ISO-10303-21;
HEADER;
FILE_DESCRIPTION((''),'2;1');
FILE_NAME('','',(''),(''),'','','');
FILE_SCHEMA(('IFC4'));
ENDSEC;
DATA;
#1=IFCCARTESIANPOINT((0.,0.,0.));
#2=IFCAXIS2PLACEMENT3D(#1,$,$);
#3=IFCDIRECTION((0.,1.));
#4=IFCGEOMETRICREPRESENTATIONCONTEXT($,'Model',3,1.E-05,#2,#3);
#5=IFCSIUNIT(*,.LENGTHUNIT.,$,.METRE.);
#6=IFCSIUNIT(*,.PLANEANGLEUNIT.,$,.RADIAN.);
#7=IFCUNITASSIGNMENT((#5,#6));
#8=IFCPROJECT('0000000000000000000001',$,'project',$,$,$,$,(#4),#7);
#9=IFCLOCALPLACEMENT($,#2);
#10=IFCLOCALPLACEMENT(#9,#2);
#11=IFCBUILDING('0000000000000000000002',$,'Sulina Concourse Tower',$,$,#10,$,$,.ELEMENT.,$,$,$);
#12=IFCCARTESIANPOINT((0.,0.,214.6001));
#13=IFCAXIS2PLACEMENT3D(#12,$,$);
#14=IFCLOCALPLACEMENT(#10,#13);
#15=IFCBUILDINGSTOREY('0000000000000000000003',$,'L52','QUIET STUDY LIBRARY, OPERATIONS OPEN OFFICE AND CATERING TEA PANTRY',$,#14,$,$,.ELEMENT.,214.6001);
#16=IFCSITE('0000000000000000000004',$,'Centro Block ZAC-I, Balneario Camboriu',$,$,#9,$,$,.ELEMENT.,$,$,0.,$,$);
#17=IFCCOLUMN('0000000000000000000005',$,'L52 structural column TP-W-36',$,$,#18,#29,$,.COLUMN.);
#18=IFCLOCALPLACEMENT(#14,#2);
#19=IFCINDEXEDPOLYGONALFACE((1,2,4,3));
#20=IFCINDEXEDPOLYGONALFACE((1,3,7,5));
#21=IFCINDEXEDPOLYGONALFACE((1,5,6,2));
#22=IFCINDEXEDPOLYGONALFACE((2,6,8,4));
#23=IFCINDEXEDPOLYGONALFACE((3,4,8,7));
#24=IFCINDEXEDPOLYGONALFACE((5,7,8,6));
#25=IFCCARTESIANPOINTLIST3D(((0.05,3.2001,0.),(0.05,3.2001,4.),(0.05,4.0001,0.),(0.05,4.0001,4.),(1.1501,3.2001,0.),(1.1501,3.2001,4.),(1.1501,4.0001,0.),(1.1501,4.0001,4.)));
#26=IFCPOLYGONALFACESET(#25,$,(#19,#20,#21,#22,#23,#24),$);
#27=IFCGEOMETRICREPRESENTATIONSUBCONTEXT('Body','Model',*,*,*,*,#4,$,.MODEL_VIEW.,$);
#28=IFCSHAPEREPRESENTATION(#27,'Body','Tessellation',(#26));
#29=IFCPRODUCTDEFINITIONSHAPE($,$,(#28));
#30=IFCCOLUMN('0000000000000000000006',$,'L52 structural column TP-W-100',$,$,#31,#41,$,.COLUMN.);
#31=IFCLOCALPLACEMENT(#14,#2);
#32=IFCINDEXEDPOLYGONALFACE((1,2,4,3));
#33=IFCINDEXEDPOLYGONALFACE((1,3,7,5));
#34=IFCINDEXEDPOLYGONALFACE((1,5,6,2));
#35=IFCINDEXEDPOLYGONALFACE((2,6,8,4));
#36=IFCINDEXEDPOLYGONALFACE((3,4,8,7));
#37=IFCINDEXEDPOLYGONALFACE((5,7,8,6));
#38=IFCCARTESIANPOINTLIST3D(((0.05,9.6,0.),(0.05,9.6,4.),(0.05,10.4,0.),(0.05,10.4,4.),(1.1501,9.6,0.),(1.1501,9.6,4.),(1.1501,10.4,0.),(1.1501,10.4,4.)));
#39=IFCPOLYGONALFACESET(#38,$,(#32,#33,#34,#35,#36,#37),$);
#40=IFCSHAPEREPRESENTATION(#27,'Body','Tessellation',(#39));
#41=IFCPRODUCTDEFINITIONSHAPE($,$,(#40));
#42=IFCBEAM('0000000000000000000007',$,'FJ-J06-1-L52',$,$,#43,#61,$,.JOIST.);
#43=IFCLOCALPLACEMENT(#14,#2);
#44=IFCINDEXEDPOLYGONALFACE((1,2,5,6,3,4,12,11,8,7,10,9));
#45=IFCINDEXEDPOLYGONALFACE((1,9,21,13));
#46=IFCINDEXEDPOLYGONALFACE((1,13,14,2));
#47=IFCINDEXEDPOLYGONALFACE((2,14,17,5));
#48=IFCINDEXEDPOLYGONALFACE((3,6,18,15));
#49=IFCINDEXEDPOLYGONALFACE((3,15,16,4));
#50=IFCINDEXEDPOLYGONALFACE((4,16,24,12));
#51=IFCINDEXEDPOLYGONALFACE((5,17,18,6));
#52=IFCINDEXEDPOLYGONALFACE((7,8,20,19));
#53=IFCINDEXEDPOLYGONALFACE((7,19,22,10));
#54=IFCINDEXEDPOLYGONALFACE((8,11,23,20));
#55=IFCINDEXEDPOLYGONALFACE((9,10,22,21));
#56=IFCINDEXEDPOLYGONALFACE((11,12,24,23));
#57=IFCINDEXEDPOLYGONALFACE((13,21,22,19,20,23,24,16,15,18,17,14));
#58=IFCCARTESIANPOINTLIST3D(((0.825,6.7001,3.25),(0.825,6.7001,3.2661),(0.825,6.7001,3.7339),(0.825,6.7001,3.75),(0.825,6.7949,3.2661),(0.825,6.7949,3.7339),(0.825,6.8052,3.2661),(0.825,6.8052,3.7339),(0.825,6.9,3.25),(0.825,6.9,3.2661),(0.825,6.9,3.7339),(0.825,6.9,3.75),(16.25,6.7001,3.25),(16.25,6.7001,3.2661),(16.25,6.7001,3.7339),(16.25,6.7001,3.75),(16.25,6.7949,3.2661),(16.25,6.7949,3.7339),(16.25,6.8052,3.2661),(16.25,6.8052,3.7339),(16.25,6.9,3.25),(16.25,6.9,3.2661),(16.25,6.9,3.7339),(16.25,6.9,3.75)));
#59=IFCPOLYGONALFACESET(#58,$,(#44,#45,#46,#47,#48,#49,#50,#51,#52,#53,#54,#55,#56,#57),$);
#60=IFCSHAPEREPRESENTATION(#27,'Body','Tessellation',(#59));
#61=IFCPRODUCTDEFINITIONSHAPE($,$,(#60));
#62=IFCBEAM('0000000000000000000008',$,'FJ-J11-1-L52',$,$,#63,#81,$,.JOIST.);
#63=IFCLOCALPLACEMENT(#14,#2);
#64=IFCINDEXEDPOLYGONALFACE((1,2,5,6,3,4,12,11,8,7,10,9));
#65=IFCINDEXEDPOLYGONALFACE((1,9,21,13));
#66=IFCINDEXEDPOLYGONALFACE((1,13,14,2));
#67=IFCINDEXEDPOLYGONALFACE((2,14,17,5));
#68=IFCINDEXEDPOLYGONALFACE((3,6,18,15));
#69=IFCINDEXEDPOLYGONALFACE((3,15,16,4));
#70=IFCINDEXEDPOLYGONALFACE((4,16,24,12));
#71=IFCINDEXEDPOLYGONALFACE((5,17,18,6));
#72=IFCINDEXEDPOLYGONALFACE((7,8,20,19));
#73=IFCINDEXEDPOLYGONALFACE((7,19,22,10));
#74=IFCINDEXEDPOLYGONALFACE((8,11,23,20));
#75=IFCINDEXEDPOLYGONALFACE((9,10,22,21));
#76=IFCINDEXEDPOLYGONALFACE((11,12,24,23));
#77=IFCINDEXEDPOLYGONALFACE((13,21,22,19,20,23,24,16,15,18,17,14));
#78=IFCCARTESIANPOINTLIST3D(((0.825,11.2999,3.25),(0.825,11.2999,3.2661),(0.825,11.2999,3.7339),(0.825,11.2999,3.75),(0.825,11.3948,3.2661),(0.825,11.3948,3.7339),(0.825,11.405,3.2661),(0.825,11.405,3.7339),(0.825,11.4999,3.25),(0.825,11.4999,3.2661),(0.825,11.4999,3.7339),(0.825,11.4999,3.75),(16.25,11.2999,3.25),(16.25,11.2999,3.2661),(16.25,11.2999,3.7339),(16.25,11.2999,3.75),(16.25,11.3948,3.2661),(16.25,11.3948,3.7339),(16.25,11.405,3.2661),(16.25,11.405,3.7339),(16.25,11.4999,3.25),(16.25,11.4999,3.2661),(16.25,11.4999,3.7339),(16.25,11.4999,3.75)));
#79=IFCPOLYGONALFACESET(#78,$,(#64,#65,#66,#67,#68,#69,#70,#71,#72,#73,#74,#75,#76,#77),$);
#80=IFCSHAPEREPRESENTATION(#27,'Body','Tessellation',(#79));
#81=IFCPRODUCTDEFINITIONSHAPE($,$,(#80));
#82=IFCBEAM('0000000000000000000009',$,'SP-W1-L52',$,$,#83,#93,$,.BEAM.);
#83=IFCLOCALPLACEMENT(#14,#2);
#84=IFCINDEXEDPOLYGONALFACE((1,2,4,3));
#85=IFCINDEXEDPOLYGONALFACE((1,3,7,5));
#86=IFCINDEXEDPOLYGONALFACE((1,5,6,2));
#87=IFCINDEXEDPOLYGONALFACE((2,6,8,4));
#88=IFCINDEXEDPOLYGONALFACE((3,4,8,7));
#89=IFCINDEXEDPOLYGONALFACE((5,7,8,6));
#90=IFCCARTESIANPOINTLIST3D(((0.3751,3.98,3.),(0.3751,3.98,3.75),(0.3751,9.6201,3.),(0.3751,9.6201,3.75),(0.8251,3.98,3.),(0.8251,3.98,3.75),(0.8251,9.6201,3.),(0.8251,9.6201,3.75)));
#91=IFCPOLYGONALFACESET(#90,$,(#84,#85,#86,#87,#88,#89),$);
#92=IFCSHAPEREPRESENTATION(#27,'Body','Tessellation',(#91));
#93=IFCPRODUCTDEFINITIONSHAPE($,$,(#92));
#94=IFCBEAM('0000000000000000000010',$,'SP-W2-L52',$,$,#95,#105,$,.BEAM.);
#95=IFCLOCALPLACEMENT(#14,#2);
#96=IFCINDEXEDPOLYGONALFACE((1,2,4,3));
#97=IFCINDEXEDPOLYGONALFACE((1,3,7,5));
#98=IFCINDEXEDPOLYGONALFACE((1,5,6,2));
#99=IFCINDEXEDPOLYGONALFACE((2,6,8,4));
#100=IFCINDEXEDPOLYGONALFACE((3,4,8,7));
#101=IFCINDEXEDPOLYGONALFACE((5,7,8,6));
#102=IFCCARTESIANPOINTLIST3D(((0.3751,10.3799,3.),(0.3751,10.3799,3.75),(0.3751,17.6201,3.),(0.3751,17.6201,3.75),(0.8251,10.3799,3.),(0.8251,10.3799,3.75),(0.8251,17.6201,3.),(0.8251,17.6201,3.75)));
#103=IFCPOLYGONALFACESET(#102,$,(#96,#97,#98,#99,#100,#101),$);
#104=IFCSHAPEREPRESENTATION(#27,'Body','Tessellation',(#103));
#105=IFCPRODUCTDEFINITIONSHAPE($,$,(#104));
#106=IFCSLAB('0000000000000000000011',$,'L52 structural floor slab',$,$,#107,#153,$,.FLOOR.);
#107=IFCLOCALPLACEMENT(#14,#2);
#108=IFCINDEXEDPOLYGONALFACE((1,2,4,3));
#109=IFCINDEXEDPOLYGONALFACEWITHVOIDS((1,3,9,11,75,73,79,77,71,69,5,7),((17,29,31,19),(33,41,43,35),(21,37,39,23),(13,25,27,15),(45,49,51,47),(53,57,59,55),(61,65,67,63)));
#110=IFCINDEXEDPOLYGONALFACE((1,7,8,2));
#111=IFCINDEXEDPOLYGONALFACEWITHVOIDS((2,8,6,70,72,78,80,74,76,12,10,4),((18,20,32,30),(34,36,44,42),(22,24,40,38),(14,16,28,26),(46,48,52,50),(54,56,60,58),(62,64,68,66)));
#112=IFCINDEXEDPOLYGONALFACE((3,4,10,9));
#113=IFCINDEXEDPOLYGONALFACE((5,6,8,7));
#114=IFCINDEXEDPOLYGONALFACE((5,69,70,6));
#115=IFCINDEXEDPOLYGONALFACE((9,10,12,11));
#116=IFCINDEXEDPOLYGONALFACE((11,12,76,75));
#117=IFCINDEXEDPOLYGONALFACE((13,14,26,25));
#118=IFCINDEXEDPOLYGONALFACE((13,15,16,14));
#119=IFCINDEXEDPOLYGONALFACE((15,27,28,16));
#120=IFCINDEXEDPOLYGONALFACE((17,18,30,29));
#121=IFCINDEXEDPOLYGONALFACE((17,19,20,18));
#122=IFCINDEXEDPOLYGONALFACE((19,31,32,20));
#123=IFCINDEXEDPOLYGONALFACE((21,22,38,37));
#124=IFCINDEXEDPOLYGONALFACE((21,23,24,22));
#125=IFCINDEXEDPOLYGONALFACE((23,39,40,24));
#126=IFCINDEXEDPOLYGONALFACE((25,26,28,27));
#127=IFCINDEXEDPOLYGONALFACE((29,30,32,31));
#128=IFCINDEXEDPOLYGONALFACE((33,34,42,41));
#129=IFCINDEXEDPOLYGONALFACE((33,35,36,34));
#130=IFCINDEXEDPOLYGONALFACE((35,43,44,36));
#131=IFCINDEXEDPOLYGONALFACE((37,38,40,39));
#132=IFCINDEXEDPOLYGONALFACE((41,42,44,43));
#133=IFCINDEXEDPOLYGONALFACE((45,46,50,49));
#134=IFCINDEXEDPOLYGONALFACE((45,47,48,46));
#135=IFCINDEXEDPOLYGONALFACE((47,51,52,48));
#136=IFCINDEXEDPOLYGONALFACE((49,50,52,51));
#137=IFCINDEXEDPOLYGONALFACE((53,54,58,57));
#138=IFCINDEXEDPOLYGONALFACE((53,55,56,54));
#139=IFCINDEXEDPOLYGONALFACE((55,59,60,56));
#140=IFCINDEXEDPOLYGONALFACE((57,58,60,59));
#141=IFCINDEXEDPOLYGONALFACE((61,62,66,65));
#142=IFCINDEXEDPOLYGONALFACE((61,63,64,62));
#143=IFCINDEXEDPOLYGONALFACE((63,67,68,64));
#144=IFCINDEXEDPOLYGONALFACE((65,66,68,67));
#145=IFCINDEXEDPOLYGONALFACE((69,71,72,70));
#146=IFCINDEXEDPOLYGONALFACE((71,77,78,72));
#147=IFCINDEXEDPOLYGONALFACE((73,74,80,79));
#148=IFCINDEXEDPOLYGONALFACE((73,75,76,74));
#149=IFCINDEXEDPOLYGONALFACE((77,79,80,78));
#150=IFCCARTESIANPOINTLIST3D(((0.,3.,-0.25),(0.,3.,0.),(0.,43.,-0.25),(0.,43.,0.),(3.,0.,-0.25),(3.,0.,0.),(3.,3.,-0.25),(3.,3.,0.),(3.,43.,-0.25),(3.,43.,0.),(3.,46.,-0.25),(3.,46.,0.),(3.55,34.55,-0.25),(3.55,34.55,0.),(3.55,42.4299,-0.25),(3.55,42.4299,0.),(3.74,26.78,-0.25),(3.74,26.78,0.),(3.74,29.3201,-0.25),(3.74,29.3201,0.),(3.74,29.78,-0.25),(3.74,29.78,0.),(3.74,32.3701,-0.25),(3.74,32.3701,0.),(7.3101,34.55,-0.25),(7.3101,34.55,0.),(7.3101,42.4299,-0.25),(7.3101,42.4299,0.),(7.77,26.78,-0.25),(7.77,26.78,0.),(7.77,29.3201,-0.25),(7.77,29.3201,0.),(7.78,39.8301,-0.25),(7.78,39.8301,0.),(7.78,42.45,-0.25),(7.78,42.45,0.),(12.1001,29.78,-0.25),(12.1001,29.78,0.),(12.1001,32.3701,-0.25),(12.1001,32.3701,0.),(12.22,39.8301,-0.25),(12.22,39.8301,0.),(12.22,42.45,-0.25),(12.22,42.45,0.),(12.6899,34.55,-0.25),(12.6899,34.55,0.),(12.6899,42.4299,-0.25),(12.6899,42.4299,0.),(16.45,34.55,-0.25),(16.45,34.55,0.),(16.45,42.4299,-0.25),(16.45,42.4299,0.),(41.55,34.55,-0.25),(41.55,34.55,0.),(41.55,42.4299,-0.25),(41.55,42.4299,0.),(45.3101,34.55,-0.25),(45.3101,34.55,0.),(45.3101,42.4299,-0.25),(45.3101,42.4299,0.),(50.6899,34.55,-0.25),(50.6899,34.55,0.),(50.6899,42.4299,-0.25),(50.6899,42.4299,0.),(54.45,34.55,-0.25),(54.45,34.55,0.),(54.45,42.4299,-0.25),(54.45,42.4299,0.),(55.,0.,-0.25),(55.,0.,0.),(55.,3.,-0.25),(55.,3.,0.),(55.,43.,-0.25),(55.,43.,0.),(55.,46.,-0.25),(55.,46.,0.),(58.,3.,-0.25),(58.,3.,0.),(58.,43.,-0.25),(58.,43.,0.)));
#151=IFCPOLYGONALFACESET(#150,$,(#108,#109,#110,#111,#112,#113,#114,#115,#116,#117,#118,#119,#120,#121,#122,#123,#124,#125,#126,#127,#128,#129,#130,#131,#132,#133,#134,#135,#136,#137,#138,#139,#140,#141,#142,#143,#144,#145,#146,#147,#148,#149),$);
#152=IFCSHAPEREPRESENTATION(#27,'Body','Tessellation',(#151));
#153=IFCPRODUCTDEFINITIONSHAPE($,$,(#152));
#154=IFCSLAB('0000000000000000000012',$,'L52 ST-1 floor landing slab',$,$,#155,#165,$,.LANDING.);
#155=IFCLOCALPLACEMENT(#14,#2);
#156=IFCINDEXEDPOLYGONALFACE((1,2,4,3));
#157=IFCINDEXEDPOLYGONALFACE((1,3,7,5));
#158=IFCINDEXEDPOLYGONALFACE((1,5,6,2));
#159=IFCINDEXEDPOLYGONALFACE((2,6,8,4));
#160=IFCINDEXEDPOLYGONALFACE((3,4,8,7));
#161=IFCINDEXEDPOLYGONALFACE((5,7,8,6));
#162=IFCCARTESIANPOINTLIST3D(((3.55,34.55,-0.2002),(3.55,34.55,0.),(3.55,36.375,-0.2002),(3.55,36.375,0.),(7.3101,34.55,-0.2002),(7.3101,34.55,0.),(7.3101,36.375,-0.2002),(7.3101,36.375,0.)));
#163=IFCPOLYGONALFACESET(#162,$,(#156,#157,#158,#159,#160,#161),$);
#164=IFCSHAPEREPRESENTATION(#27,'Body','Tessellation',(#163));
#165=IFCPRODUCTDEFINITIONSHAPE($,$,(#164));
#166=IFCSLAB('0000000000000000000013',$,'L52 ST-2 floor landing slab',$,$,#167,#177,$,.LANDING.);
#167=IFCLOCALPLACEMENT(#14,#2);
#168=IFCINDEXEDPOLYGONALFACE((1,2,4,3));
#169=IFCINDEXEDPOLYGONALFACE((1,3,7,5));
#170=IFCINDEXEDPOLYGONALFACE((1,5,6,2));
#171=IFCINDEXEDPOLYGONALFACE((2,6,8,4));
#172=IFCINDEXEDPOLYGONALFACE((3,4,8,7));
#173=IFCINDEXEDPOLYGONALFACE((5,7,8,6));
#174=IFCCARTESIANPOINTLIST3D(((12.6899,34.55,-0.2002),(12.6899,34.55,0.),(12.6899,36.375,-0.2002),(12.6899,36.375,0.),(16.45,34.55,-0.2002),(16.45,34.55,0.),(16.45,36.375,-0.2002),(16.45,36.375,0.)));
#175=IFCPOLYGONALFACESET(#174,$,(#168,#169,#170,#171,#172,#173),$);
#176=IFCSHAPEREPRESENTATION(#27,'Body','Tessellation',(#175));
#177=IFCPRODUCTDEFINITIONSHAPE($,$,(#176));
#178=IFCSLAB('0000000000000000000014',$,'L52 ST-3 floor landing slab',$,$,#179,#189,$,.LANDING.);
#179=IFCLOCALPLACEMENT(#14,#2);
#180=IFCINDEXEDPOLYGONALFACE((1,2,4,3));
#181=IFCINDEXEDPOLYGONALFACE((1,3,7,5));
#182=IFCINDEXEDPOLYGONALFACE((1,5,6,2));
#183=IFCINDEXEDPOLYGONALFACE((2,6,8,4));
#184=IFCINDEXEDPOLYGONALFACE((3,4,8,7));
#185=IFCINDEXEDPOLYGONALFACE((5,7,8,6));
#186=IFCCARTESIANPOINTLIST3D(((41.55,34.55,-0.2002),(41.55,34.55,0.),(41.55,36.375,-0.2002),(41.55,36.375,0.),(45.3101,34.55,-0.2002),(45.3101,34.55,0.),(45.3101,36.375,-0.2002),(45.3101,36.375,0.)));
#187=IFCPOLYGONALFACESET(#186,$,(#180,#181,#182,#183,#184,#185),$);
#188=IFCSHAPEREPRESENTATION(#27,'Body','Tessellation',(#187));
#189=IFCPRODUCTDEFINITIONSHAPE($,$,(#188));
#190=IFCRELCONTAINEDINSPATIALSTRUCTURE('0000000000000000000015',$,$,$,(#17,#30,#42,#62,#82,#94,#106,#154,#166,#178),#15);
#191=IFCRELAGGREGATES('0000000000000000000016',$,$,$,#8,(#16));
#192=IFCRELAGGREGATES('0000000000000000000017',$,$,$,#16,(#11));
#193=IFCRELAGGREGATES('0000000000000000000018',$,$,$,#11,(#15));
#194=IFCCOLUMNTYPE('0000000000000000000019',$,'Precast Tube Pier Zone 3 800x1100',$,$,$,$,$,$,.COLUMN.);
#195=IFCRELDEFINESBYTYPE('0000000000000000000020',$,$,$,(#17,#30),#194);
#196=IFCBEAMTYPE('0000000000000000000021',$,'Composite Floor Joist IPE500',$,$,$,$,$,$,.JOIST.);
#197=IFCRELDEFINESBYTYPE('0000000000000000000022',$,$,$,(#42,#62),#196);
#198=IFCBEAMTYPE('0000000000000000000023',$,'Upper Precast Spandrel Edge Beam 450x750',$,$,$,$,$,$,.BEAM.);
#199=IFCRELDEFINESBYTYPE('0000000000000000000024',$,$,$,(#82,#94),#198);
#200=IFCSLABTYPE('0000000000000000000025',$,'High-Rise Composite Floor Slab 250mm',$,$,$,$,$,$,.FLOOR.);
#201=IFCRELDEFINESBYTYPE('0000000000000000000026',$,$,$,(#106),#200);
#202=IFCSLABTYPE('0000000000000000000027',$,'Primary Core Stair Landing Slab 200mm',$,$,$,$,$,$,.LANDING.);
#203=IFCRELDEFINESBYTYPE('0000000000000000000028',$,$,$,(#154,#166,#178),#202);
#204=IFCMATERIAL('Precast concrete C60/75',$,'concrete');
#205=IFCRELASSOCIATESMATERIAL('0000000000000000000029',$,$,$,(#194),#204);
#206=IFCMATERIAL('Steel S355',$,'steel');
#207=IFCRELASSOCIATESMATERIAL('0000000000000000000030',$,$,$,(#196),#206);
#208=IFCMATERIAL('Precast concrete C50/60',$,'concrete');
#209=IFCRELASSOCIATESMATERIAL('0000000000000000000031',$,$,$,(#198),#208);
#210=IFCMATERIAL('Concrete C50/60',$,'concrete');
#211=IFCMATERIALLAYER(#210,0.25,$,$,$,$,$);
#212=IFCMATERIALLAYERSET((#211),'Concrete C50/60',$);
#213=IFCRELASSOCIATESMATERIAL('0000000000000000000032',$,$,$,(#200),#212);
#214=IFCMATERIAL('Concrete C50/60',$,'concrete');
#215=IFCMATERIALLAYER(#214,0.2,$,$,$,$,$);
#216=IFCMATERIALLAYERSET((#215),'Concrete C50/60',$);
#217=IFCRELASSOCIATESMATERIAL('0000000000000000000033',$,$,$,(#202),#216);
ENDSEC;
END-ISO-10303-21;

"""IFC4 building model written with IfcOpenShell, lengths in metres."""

from ifc_helpers import new_model, si_unit, direction, frame, origin, origin_2d, place, context, subcontext, project, spatial, polyline, rectangle, i_section, outline, extrude, material, layer, layer_set, material_profile, profile_set, type_object, element, save


model = new_model("IFC4")

# Units and contexts
model_context = context("Model", 3, precision=1e-05, world=origin(), true_north=direction((0.0, 1.0)))
body_context = subcontext(model_context, "Body", "Model", "MODEL_VIEW")
ifc_project = project(units=[si_unit("LENGTHUNIT", "METRE"), si_unit("PLANEANGLEUNIT", "RADIAN")], contexts=[model_context])

# Site, building, storey
site_placement = place(None, origin())
site = spatial("IfcSite", under=ifc_project, at=site_placement, Name="Centro Block ZAC-I, Balneario Camboriu", CompositionType="ELEMENT", RefElevation=0.0)
building_placement = place(site_placement, origin())
building = spatial("IfcBuilding", under=site, at=building_placement, Name="Sulina Concourse Tower", CompositionType="ELEMENT")
storey_placement = place(building_placement, frame((0.0, 0.0, 214.6001)))
storey = spatial("IfcBuildingStorey", under=building, at=storey_placement, Name="L52", Description="QUIET STUDY LIBRARY, OPERATIONS OPEN OFFICE AND CATERING TEA PANTRY", CompositionType="ELEMENT", Elevation=214.6001)

# Columns
ifc_material_1 = material(Name="Precast concrete C60/75", Category="concrete")
ifc_material_profile_1 = material_profile(ifc_material_1, rectangle(XDim=0.8, YDim=1.1001, at=origin_2d()), Name="PC 800x1100")
ifc_profile_set_1 = profile_set([ifc_material_profile_1], Name="Precast concrete C60/75")
column_type = type_object("IfcColumnType", Name="Precast Tube Pier Zone 3 800x1100", PredefinedType="COLUMN", material=ifc_profile_set_1)
for number, where, z_axis, x_axis, name in (
    (1, (0.6001, 3.6001, 0.0), (0.0, 0.0, 1.0), (0.0, 1.0, 0.0), "L52 structural column TP-W-36"),
    (2, (0.6001, 10.0, 0.0), (0.0, 0.0, 1.0), (0.0, 1.0, 0.0), "L52 structural column TP-W-100"),
):
    element("IfcColumn", number, at=place(storey_placement, frame(where, z_axis=z_axis, x_axis=x_axis)), inside=storey, type_object=column_type, Name=name, PredefinedType="COLUMN", context=body_context, shape_type="SweptSolid", body=[
        extrude(rectangle(XDim=0.8, YDim=1.1001, at=origin_2d()), origin(), (0.0, 0.0, 1.0), 4.0),
    ])

# Beams
ifc_material_2 = material(Name="Steel S355", Category="steel")
ifc_material_profile_2 = material_profile(ifc_material_2, i_section(OverallWidth=0.2, OverallDepth=0.5, WebThickness=0.0103, FlangeThickness=0.0161, at=origin_2d()), Name="IPE 500")
ifc_profile_set_2 = profile_set([ifc_material_profile_2], Name="Steel S355")
beam_type_1 = type_object("IfcBeamType", Name="Composite Floor Joist IPE500", PredefinedType="JOIST", material=ifc_profile_set_2)
for number, where, z_axis, x_axis, name in (
    (3, (0.825, 6.8, 3.5), (1.0, 0.0, 0.0), (0.0, 1.0, 0.0), "FJ-J06-1-L52"),
    (4, (0.825, 11.3999, 3.5), (1.0, 0.0, 0.0), (0.0, 1.0, 0.0), "FJ-J11-1-L52"),
):
    element("IfcBeam", number, at=place(storey_placement, frame(where, z_axis=z_axis, x_axis=x_axis)), inside=storey, type_object=beam_type_1, Name=name, PredefinedType="JOIST", context=body_context, shape_type="SweptSolid", body=[
        extrude(i_section(OverallWidth=0.2, OverallDepth=0.5, WebThickness=0.0103, FlangeThickness=0.0161, at=origin_2d()), origin(), (0.0, 0.0, 1.0), 15.425),
    ])
ifc_material_3 = material(Name="Precast concrete C50/60", Category="concrete")
ifc_material_profile_3 = material_profile(ifc_material_3, rectangle(XDim=0.45, YDim=0.75, at=origin_2d()), Name="RC 450x750")
ifc_profile_set_3 = profile_set([ifc_material_profile_3], Name="Precast concrete C50/60")
beam_type_2 = type_object("IfcBeamType", Name="Upper Precast Spandrel Edge Beam 450x750", PredefinedType="BEAM", material=ifc_profile_set_3)
beam_1_placement = place(storey_placement, frame((0.6001, 3.98, 3.375), z_axis=(0.0, 1.0, 0.0), x_axis=(-1.0, 0.0, 0.0)))
element("IfcBeam", 5, at=beam_1_placement, inside=storey, type_object=beam_type_2, Name="SP-W1-L52", PredefinedType="BEAM", context=body_context, shape_type="SweptSolid", body=[
    extrude(rectangle(XDim=0.45, YDim=0.75, at=origin_2d()), origin(), (0.0, 0.0, 1.0), 5.6401),
])
beam_2_placement = place(storey_placement, frame((0.6001, 10.3799, 3.375), z_axis=(0.0, 1.0, 0.0), x_axis=(-1.0, 0.0, 0.0)))
element("IfcBeam", 6, at=beam_2_placement, inside=storey, type_object=beam_type_2, Name="SP-W2-L52", PredefinedType="BEAM", context=body_context, shape_type="SweptSolid", body=[
    extrude(rectangle(XDim=0.45, YDim=0.75, at=origin_2d()), origin(), (0.0, 0.0, 1.0), 7.2402),
])

# Slabs
ifc_material_4 = material(Name="Concrete C50/60", Category="concrete")
ifc_layer_1 = layer(ifc_material_4, 0.25)
ifc_layer_set_1 = layer_set([ifc_layer_1], Name="Concrete C50/60")
slab_type_1 = type_object("IfcSlabType", Name="High-Rise Composite Floor Slab 250mm", PredefinedType="FLOOR", material=ifc_layer_set_1)
slab_1_placement = place(storey_placement, frame((0.0, 0.0, -0.25)))
element("IfcSlab", 7, at=slab_1_placement, inside=storey, type_object=slab_type_1, Name="L52 structural floor slab", PredefinedType="FLOOR", context=body_context, shape_type="SweptSolid", body=[
    extrude(outline(polyline([(3.0, 0.0), (55.0, 0.0), (55.0, 3.0), (58.0, 3.0), (58.0, 43.0), (55.0, 43.0), (55.0, 46.0), (3.0, 46.0), (3.0, 43.0), (0.0, 43.0), (0.0, 3.0), (3.0, 3.0), (3.0, 0.0)]), holes=[polyline([(7.3101, 34.55), (7.3101, 42.4299), (3.55, 42.4299), (3.55, 34.55), (7.3101, 34.55)]), polyline([(16.45, 34.55), (16.45, 42.4299), (12.6899, 42.4299), (12.6899, 34.55), (16.45, 34.55)]), polyline([(45.3101, 34.55), (45.3101, 42.4299), (41.55, 42.4299), (41.55, 34.55), (45.3101, 34.55)]), polyline([(54.45, 34.55), (54.45, 42.4299), (50.6899, 42.4299), (50.6899, 34.55), (54.45, 34.55)]), polyline([(7.78, 39.8301), (12.22, 39.8301), (12.22, 42.45), (7.78, 42.45), (7.78, 39.8301)]), polyline([(3.74, 26.78), (7.77, 26.78), (7.77, 29.3201), (3.74, 29.3201), (3.74, 26.78)]), polyline([(3.74, 29.78), (12.1001, 29.78), (12.1001, 32.3701), (3.74, 32.3701), (3.74, 29.78)])]), origin(), (0.0, 0.0, 1.0), 0.25),
])
ifc_material_5 = material(Name="Concrete C50/60", Category="concrete")
ifc_layer_2 = layer(ifc_material_5, 0.2)
ifc_layer_set_2 = layer_set([ifc_layer_2], Name="Concrete C50/60")
slab_type_2 = type_object("IfcSlabType", Name="Primary Core Stair Landing Slab 200mm", PredefinedType="LANDING", material=ifc_layer_set_2)
slab_2_placement = place(storey_placement, frame((0.0, 0.0, -0.2002)))
element("IfcSlab", 8, at=slab_2_placement, inside=storey, type_object=slab_type_2, Name="L52 ST-1 floor landing slab", PredefinedType="LANDING", context=body_context, shape_type="SweptSolid", body=[
    extrude(outline(polyline([(7.3101, 34.55), (7.3101, 36.375), (3.55, 36.375), (3.55, 34.55), (7.3101, 34.55)])), origin(), (0.0, 0.0, 1.0), 0.2002),
])
slab_3_placement = place(storey_placement, frame((0.0, 0.0, -0.2002)))
element("IfcSlab", 9, at=slab_3_placement, inside=storey, type_object=slab_type_2, Name="L52 ST-2 floor landing slab", PredefinedType="LANDING", context=body_context, shape_type="SweptSolid", body=[
    extrude(outline(polyline([(16.45, 34.55), (16.45, 36.375), (12.6899, 36.375), (12.6899, 34.55), (16.45, 34.55)])), origin(), (0.0, 0.0, 1.0), 0.2002),
])
slab_4_placement = place(storey_placement, frame((0.0, 0.0, -0.2002)))
element("IfcSlab", 10, at=slab_4_placement, inside=storey, type_object=slab_type_2, Name="L52 ST-3 floor landing slab", PredefinedType="LANDING", context=body_context, shape_type="SweptSolid", body=[
    extrude(outline(polyline([(45.3101, 34.55), (45.3101, 36.375), (41.55, 36.375), (41.55, 34.55), (45.3101, 34.55)])), origin(), (0.0, 0.0, 1.0), 0.2002),
])

save(model, "model.ifc")
